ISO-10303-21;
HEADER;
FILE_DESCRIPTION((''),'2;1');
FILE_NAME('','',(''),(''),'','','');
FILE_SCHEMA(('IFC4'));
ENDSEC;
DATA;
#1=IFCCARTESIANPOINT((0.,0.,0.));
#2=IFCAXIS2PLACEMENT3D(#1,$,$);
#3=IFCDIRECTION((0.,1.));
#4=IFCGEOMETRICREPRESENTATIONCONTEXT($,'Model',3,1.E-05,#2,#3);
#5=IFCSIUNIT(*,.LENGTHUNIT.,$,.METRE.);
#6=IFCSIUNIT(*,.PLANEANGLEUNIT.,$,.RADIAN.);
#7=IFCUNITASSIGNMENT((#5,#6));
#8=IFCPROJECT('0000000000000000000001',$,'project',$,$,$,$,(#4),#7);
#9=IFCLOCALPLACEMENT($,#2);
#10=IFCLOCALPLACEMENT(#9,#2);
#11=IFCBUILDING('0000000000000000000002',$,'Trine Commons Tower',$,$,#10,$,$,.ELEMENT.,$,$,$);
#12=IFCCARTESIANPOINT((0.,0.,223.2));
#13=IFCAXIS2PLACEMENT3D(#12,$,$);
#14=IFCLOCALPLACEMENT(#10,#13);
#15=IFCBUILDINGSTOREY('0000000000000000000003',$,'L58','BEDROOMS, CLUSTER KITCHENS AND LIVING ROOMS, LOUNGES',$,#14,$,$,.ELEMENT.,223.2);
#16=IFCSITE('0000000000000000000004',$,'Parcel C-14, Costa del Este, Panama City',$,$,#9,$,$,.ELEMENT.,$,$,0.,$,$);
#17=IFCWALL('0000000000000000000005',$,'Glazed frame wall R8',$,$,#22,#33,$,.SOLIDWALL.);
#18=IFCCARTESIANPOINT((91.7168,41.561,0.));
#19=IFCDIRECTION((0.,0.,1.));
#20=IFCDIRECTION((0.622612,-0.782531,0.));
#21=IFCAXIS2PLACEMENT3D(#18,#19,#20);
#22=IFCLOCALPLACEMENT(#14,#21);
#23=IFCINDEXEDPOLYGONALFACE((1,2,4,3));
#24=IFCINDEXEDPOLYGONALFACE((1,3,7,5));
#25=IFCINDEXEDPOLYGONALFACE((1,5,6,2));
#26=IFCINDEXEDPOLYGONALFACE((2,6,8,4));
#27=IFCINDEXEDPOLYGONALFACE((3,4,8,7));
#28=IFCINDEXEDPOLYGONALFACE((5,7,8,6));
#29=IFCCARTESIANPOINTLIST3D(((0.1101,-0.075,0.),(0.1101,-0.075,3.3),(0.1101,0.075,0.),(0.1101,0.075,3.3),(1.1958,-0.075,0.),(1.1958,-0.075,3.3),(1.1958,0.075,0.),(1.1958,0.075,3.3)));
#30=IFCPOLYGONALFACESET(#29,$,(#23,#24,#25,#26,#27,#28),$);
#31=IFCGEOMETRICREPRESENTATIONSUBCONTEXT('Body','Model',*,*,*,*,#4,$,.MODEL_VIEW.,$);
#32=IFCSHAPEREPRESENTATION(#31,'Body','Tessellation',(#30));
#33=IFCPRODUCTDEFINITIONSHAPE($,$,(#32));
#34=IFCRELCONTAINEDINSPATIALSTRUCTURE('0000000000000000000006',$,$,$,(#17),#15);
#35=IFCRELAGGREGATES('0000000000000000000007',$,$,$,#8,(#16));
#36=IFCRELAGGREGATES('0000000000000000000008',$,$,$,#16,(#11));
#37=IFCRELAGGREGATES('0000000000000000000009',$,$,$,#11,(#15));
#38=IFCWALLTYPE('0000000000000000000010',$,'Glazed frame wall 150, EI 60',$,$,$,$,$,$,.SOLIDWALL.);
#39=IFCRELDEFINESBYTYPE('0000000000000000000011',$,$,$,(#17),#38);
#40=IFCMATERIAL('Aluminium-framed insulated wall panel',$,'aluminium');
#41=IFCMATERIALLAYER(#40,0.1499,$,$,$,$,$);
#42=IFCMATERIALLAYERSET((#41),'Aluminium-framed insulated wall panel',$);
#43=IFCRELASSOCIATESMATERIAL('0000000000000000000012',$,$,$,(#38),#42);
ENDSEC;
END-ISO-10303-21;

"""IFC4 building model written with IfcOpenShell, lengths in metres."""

from ifc_helpers import new_model, si_unit, direction, frame, origin, place, context, subcontext, project, spatial, polyline, outline, extrude, material, layer, layer_set, type_object, element, save


model = new_model("IFC4")

# Units and contexts
model_context = context("Model", 3, precision=1e-05, world=origin(), true_north=direction((0.0, 1.0)))
body_context = subcontext(model_context, "Body", "Model", "MODEL_VIEW")
ifc_project = project(units=[si_unit("LENGTHUNIT", "METRE"), si_unit("PLANEANGLEUNIT", "RADIAN")], contexts=[model_context])

# Site, building, storey
site_placement = place(None, origin())
site = spatial("IfcSite", under=ifc_project, at=site_placement, Name="Parcel C-14, Costa del Este, Panama City", CompositionType="ELEMENT", RefElevation=0.0)
building_placement = place(site_placement, origin())
building = spatial("IfcBuilding", under=site, at=building_placement, Name="Trine Commons Tower", CompositionType="ELEMENT")
storey_placement = place(building_placement, frame((0.0, 0.0, 223.2)))
storey = spatial("IfcBuildingStorey", under=building, at=storey_placement, Name="L58", Description="BEDROOMS, CLUSTER KITCHENS AND LIVING ROOMS, LOUNGES", CompositionType="ELEMENT", Elevation=223.2)

# Wall
ifc_material_1 = material(Name="Aluminium-framed insulated wall panel", Category="aluminium")
ifc_layer_1 = layer(ifc_material_1, 0.1499)
ifc_layer_set_1 = layer_set([ifc_layer_1], Name="Aluminium-framed insulated wall panel")
wall_type_1 = type_object("IfcWallType", Name="Glazed frame wall 150, EI 60", PredefinedType="SOLIDWALL", material=ifc_layer_set_1)
wall_1_placement = place(storey_placement, frame((91.7168, 41.561, 0.0), z_axis=(0.0, 0.0, 1.0), x_axis=(0.622612, -0.782531, 0.0)))
element("IfcWall", 1, at=wall_1_placement, inside=storey, type_object=wall_type_1, Name="Glazed frame wall R8", PredefinedType="SOLIDWALL", context=body_context, shape_type="SweptSolid", body=[
    extrude(outline(polyline([(0.1101, 0.075), (0.1101, -0.075), (1.1958, -0.075), (1.1958, 0.075), (0.1101, 0.075)])), origin(), (0.0, 0.0, 1.0), 3.3),
])

save(model, "model.ifc")
